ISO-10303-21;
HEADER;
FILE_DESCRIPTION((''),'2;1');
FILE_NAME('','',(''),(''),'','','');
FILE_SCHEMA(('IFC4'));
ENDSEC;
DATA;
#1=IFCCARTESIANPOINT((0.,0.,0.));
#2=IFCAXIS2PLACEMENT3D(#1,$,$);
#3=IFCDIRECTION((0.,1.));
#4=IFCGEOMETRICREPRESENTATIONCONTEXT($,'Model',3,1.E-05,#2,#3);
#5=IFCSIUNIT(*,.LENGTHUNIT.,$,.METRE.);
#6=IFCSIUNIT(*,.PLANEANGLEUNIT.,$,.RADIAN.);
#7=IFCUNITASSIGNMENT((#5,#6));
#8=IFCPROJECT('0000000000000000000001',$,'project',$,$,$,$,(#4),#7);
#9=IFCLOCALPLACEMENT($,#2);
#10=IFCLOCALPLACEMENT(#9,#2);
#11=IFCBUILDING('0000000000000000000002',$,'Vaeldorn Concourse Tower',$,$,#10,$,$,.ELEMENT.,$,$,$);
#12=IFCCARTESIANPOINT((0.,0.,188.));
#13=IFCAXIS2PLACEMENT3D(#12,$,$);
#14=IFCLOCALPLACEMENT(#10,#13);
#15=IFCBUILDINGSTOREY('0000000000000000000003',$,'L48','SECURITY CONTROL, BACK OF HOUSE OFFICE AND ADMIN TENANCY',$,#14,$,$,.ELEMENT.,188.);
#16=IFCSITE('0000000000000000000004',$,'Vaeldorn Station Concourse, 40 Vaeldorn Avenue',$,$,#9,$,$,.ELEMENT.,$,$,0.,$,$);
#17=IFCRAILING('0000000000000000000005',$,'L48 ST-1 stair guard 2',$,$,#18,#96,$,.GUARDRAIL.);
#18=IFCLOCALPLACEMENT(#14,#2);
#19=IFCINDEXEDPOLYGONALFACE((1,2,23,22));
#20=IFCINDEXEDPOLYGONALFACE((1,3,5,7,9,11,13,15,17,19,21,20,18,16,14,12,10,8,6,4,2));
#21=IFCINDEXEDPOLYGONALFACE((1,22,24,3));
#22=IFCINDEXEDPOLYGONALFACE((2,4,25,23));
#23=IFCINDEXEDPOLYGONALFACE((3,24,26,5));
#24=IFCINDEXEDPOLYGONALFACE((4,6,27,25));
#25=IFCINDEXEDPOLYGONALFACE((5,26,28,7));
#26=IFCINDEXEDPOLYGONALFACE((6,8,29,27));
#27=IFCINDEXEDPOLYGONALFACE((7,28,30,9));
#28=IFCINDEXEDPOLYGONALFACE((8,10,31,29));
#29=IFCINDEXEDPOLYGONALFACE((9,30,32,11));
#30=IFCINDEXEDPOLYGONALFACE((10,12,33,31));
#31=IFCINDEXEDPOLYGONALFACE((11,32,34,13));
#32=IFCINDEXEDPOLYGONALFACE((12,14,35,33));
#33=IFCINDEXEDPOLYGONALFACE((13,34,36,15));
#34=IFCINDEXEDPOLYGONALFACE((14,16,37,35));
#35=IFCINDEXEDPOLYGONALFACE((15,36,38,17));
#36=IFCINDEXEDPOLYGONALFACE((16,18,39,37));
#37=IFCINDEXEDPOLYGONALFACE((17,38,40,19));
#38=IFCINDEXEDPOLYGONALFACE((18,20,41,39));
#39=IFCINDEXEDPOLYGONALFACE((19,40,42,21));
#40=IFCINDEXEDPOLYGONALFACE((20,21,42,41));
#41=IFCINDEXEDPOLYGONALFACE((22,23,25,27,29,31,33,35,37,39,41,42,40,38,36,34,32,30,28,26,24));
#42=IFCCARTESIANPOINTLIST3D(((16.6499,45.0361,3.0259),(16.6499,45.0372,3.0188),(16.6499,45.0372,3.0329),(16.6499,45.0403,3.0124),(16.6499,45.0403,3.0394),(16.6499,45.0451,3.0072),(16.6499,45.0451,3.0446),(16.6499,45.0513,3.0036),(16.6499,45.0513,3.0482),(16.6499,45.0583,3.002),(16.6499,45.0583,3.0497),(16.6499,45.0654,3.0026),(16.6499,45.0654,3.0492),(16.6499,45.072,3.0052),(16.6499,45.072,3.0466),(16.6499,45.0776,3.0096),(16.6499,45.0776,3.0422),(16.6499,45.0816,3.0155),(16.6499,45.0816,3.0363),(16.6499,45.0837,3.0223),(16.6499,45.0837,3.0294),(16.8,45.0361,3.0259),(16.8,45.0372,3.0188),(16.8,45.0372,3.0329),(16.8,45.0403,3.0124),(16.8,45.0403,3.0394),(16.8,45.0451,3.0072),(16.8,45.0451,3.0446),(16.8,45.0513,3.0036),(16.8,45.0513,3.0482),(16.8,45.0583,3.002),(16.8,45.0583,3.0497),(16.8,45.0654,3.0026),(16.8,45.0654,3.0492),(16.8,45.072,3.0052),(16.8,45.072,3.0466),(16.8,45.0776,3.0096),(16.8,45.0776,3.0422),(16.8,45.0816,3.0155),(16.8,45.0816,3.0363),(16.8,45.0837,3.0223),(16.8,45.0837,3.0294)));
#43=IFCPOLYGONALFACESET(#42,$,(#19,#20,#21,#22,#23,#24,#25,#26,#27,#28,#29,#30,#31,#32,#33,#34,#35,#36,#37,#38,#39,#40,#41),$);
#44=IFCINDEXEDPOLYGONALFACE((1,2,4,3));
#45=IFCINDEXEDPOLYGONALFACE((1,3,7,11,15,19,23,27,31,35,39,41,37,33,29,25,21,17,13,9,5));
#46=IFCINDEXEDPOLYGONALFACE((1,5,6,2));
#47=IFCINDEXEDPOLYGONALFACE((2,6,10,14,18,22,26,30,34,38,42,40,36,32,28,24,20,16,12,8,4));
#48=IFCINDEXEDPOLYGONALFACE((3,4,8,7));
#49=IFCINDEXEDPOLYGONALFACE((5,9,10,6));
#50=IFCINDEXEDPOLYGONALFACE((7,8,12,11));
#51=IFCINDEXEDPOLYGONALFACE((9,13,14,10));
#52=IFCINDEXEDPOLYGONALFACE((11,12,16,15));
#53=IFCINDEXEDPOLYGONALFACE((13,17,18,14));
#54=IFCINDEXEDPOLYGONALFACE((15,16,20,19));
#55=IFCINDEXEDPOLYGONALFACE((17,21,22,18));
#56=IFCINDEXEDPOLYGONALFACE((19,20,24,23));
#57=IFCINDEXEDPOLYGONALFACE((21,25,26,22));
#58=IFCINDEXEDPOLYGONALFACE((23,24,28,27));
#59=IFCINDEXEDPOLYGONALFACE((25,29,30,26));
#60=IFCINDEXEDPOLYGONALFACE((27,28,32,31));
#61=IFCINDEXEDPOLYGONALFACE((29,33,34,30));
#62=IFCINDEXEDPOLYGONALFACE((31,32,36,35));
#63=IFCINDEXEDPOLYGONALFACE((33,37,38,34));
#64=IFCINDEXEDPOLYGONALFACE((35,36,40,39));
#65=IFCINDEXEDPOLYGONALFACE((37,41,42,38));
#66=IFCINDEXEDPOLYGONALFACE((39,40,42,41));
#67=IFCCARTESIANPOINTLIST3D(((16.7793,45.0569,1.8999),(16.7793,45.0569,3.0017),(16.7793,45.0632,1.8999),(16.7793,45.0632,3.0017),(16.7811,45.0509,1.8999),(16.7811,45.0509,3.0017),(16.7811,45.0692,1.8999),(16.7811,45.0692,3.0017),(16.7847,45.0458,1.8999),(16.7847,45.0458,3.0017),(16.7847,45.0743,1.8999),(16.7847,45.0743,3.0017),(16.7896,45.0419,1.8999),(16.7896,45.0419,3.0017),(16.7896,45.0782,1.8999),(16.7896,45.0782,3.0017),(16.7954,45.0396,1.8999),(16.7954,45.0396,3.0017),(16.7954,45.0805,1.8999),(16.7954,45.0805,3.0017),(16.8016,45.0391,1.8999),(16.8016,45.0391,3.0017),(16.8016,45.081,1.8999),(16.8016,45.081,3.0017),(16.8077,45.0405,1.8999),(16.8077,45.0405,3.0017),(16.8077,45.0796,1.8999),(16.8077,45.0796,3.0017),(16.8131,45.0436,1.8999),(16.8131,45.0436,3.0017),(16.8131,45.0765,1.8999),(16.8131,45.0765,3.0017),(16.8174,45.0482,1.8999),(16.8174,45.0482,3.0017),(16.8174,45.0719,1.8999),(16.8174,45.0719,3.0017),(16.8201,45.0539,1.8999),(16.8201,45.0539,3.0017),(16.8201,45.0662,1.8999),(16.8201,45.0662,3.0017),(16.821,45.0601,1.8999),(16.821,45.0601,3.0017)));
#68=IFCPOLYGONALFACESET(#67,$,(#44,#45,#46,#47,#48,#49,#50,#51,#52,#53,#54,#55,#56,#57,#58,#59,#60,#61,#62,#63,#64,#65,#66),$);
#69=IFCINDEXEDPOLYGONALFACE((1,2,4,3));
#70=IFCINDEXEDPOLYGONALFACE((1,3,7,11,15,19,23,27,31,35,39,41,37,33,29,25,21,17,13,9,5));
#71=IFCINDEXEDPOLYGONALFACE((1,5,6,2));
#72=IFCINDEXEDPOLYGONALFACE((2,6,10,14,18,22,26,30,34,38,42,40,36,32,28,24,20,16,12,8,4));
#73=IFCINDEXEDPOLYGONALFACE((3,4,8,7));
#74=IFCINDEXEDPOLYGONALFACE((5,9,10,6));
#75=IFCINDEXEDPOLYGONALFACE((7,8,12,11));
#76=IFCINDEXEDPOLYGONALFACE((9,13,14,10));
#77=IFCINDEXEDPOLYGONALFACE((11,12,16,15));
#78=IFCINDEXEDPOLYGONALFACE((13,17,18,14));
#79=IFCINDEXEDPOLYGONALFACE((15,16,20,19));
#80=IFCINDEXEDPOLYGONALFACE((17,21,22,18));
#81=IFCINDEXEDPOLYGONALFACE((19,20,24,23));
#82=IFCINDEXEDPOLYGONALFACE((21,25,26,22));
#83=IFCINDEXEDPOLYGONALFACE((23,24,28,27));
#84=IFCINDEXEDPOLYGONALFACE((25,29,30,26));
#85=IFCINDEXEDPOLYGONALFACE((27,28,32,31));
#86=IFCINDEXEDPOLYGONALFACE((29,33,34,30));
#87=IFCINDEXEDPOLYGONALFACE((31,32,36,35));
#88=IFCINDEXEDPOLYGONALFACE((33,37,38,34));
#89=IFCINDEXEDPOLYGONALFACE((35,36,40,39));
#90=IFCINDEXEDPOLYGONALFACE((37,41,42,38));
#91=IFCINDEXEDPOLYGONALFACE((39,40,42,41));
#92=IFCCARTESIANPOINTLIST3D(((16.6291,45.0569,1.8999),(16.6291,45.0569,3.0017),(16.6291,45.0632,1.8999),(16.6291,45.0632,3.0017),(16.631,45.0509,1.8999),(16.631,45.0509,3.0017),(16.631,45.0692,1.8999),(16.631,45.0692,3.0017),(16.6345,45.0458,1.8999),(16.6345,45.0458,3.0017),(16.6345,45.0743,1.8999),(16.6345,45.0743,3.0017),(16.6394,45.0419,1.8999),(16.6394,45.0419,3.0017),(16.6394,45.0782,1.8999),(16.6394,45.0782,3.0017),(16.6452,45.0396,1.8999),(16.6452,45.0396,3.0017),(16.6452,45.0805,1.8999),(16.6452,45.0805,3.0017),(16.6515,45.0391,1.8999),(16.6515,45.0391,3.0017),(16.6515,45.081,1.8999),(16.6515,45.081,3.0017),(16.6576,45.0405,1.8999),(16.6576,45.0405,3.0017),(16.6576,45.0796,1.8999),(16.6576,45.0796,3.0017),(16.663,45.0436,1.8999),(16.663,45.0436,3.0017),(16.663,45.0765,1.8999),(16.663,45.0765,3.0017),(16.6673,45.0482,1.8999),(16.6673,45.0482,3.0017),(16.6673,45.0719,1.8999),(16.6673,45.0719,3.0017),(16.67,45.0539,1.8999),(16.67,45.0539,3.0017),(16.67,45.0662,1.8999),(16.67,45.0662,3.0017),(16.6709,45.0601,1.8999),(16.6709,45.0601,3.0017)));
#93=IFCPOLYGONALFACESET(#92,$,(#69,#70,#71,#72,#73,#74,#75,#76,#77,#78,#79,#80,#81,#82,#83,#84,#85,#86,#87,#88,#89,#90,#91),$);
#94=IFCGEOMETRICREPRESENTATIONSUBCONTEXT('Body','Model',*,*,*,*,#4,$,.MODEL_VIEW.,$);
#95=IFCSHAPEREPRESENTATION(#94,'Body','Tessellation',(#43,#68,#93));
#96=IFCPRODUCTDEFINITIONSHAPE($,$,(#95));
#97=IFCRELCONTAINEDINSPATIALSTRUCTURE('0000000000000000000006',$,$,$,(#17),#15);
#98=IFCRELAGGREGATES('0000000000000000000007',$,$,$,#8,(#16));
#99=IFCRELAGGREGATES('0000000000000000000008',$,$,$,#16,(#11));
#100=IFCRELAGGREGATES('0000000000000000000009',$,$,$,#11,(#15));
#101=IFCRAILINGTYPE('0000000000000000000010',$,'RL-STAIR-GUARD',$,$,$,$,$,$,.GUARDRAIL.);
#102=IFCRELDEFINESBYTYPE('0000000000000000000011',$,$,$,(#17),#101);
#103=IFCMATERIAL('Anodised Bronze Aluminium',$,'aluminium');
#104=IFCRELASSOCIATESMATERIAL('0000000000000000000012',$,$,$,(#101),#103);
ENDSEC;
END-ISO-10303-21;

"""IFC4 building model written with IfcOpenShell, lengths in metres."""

from ifc_helpers import new_model, si_unit, direction, frame, origin, origin_2d, place, context, subcontext, project, spatial, circle, extrude, material, type_object, element, save


model = new_model("IFC4")

# Units and contexts
model_context = context("Model", 3, precision=1e-05, world=origin(), true_north=direction((0.0, 1.0)))
body_context = subcontext(model_context, "Body", "Model", "MODEL_VIEW")
ifc_project = project(units=[si_unit("LENGTHUNIT", "METRE"), si_unit("PLANEANGLEUNIT", "RADIAN")], contexts=[model_context])

# Site, building, storey
site_placement = place(None, origin())
site = spatial("IfcSite", under=ifc_project, at=site_placement, Name="Vaeldorn Station Concourse, 40 Vaeldorn Avenue", CompositionType="ELEMENT", RefElevation=0.0)
building_placement = place(site_placement, origin())
building = spatial("IfcBuilding", under=site, at=building_placement, Name="Vaeldorn Concourse Tower", CompositionType="ELEMENT")
storey_placement = place(building_placement, frame((0.0, 0.0, 188.0)))
storey = spatial("IfcBuildingStorey", under=building, at=storey_placement, Name="L48", Description="SECURITY CONTROL, BACK OF HOUSE OFFICE AND ADMIN TENANCY", CompositionType="ELEMENT", Elevation=188.0)

# Shared definitions
ifc_material_1 = material(Name="Anodised Bronze Aluminium", Category="aluminium")

# Railing
railing_type_1 = type_object("IfcRailingType", Name="RL-STAIR-GUARD", PredefinedType="GUARDRAIL", material=ifc_material_1)
railing_1_placement = place(storey_placement, frame((16.8, 45.0601, 1.8999)))
element("IfcRailing", 1, at=railing_1_placement, inside=storey, type_object=railing_type_1, Name="L48 ST-1 stair guard 2", PredefinedType="GUARDRAIL", context=body_context, shape_type="SweptSolid", body=[
    extrude(circle(Radius=0.0239, at=origin_2d()), frame((0.0, 0.0, 1.126), z_axis=(-1.0, 0.0, 0.0), x_axis=(0.0, -1.0, 0.0)), (0.0, 0.0, 1.0), 0.1501),
    extrude(circle(Radius=0.021, at=origin_2d()), origin(), (0.0, 0.0, 1.0), 1.1018),
    extrude(circle(Radius=0.021, at=origin_2d()), frame((-0.1501, 0.0, 0.0)), (0.0, 0.0, 1.0), 1.1018),
])

save(model, "model.ifc")
